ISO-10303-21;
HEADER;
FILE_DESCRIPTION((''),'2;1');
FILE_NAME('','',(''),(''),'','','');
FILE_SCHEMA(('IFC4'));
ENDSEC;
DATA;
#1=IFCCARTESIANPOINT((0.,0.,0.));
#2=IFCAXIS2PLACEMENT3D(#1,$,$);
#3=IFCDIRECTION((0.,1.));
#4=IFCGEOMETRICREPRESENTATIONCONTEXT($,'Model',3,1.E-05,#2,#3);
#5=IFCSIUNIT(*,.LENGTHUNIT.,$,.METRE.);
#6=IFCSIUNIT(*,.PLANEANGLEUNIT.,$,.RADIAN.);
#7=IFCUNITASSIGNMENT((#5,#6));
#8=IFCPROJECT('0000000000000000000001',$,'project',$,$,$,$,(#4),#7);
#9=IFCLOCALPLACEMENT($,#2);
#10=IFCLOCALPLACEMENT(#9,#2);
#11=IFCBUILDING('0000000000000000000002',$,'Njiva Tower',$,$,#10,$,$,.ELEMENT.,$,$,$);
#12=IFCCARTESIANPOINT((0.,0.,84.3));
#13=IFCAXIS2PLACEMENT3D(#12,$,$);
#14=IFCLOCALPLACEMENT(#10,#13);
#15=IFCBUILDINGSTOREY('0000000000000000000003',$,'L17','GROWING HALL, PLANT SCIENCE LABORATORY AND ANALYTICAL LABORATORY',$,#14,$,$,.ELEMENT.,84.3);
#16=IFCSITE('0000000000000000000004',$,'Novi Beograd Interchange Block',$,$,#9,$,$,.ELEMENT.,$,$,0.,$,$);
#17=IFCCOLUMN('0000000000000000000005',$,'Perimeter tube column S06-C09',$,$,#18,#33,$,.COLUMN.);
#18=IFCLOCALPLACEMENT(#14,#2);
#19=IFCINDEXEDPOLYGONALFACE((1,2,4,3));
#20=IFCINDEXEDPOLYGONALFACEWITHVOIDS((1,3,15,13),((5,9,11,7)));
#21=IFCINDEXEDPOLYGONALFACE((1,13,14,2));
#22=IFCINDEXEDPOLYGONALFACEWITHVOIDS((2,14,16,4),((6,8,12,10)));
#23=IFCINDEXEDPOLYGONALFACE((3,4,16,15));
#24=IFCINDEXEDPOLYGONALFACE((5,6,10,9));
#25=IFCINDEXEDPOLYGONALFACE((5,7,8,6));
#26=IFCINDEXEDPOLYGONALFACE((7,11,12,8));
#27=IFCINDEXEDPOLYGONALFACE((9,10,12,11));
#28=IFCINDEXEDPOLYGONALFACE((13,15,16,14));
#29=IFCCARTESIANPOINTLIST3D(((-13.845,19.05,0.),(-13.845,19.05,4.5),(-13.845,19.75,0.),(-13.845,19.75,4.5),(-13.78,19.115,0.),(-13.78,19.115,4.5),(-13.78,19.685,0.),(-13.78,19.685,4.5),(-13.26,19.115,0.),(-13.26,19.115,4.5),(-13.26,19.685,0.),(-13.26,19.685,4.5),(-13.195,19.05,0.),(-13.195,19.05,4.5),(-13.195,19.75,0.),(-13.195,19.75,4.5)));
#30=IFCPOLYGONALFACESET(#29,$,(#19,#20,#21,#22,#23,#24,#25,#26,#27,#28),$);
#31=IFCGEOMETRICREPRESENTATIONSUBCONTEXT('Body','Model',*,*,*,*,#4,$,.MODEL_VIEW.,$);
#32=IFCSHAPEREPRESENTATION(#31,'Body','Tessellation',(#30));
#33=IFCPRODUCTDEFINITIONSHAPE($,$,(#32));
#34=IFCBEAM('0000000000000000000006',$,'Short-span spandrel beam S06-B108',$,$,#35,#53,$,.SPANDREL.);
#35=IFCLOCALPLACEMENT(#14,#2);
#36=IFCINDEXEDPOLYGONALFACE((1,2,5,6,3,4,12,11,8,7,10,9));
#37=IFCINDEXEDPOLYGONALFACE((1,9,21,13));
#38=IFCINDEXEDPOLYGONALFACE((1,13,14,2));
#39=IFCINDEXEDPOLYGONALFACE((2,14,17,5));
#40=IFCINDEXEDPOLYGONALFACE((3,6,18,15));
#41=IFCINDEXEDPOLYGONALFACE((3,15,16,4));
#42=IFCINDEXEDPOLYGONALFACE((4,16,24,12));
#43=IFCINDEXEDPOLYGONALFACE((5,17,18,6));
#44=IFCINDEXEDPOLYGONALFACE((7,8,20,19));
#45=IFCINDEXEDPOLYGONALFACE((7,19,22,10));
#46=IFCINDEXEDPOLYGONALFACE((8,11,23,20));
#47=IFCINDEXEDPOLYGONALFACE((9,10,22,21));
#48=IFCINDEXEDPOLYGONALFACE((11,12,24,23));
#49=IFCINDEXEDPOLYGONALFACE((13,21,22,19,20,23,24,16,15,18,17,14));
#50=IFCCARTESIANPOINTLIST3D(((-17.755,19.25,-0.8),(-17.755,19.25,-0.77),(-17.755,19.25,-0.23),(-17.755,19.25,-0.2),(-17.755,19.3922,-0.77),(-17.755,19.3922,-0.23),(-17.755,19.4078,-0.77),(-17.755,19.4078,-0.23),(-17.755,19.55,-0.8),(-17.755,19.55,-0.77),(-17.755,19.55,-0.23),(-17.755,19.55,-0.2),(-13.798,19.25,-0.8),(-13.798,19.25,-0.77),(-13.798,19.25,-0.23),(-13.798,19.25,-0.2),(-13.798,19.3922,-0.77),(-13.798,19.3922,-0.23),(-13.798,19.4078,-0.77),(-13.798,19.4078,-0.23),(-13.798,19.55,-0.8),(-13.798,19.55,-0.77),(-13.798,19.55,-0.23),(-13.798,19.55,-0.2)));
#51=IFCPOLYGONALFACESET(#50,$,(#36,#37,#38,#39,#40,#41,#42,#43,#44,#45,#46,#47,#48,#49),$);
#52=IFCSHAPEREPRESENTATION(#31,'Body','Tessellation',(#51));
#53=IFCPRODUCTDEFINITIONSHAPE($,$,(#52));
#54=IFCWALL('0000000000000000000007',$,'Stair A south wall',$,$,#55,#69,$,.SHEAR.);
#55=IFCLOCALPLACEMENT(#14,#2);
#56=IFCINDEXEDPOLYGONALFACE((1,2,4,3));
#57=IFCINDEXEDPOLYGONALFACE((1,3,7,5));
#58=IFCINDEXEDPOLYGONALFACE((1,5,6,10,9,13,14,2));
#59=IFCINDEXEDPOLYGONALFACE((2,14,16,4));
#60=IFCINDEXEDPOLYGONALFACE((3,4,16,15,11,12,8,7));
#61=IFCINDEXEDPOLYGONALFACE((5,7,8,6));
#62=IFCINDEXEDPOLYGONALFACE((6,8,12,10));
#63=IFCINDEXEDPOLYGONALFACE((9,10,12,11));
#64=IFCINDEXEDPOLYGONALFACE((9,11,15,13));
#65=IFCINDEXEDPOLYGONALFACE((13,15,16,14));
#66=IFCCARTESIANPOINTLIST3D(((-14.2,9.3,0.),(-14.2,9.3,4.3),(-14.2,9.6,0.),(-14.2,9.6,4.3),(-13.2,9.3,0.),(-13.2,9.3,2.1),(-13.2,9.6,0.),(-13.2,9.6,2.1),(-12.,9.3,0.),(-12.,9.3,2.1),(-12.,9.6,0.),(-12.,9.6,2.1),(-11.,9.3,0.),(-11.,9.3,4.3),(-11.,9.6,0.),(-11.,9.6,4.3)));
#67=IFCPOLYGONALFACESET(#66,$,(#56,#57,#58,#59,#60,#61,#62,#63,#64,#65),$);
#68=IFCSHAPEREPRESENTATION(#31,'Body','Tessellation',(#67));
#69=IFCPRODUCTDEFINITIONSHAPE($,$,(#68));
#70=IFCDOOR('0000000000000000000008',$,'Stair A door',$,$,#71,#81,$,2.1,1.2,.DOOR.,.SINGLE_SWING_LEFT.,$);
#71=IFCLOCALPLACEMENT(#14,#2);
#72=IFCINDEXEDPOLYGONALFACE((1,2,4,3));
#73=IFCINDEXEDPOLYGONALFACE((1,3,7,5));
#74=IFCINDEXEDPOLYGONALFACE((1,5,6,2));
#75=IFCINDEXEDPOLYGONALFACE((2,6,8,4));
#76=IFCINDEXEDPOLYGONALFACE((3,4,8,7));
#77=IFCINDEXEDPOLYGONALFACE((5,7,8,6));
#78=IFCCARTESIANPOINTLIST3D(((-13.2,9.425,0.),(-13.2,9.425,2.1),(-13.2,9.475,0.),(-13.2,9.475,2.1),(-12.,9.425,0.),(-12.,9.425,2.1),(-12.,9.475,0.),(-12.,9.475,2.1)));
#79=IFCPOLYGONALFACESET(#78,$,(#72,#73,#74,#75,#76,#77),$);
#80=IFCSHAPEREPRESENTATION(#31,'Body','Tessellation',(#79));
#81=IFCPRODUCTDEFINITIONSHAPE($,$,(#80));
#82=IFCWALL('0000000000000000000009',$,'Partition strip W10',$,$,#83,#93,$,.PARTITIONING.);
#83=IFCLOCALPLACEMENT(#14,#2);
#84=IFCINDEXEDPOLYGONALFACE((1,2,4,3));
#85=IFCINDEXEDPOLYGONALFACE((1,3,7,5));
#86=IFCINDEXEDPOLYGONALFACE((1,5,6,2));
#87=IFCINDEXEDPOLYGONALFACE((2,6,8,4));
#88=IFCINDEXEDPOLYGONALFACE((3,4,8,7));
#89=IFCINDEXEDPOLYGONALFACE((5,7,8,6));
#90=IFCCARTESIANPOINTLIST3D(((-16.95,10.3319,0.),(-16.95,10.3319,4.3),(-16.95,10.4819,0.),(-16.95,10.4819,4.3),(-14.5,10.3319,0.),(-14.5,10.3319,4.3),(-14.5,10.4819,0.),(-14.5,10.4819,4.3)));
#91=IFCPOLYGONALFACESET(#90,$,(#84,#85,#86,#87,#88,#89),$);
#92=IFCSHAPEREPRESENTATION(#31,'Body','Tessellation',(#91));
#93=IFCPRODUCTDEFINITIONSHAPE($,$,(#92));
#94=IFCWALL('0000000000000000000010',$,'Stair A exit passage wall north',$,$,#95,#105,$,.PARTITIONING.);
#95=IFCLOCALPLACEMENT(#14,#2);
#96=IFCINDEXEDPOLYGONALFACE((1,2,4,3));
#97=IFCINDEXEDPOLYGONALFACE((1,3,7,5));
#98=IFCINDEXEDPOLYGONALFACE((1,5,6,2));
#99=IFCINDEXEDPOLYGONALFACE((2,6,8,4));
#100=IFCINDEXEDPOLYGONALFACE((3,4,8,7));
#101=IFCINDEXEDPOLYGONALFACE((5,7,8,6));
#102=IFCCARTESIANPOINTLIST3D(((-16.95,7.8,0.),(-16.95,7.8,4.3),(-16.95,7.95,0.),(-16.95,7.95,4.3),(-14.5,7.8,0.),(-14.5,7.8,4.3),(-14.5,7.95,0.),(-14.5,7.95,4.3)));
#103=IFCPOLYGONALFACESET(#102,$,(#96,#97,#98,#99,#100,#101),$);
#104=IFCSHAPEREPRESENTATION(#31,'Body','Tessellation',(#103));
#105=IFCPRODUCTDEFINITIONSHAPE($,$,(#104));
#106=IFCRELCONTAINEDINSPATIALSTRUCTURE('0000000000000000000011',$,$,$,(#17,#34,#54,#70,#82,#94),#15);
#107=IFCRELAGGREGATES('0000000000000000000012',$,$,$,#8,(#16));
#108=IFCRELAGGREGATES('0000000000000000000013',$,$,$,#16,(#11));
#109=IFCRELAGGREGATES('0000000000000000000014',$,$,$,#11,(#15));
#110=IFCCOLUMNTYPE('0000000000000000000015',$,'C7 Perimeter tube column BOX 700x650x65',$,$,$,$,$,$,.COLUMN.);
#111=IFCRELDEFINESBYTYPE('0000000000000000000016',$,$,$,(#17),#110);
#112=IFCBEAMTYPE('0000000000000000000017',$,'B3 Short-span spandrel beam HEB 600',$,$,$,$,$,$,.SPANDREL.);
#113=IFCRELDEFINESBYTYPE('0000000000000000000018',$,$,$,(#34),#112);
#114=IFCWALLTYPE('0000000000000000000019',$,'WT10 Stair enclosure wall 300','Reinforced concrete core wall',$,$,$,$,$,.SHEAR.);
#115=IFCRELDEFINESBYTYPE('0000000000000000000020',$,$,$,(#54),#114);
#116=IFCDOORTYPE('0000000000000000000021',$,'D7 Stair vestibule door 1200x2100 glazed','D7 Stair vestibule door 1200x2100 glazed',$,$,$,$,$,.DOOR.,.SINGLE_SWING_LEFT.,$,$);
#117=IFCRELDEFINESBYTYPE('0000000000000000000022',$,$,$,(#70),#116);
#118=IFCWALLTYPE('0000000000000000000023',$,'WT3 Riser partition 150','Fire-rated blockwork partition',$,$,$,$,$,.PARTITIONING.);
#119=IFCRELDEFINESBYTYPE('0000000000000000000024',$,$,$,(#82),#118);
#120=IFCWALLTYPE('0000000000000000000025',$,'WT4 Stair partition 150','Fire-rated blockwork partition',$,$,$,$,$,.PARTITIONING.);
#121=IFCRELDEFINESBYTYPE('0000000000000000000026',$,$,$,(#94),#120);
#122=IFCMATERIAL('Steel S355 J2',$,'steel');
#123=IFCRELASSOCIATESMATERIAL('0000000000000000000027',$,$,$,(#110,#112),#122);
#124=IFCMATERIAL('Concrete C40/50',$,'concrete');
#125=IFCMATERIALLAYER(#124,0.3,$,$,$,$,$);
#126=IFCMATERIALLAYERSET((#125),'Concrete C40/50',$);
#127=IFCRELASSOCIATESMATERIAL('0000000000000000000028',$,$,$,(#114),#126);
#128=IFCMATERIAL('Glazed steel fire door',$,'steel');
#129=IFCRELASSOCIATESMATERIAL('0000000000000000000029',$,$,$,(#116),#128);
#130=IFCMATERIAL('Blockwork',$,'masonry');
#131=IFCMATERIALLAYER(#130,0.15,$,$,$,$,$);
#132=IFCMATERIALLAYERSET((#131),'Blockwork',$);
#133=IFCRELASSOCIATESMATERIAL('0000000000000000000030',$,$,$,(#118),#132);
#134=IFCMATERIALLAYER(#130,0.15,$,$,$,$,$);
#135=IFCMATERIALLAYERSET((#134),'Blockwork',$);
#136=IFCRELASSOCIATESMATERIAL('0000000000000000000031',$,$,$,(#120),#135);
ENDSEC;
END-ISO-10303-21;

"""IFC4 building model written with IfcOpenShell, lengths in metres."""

from ifc_helpers import new_model, si_unit, direction, frame, frame_2d, origin, origin_2d, place, context, subcontext, project, spatial, rectangle, hollow_rectangle, i_section, extrude, material, layer, layer_set, material_profile, profile_set, type_object, element, fill, save


model = new_model("IFC4")

# Units and contexts
model_context = context("Model", 3, precision=1e-05, world=origin(), true_north=direction((0.0, 1.0)))
body_context = subcontext(model_context, "Body", "Model", "MODEL_VIEW")
ifc_project = project(units=[si_unit("LENGTHUNIT", "METRE"), si_unit("PLANEANGLEUNIT", "RADIAN")], contexts=[model_context])

# Site, building, storey
site_placement = place(None, origin())
site = spatial("IfcSite", under=ifc_project, at=site_placement, Name="Novi Beograd Interchange Block", CompositionType="ELEMENT", RefElevation=0.0)
building_placement = place(site_placement, origin())
building = spatial("IfcBuilding", under=site, at=building_placement, Name="Njiva Tower", CompositionType="ELEMENT")
storey_placement = place(building_placement, frame((0.0, 0.0, 84.3)))
storey = spatial("IfcBuildingStorey", under=building, at=storey_placement, Name="L17", Description="GROWING HALL, PLANT SCIENCE LABORATORY AND ANALYTICAL LABORATORY", CompositionType="ELEMENT", Elevation=84.3)

# Column
ifc_material_1 = material(Name="Steel S355 J2", Category="steel")
ifc_material_profile_1 = material_profile(ifc_material_1, hollow_rectangle(XDim=0.65, YDim=0.7, WallThickness=0.065, at=origin_2d()), Name="BOX 700x650x65")
ifc_profile_set_1 = profile_set([ifc_material_profile_1], Name="Steel S355 J2")
column_type = type_object("IfcColumnType", Name="C7 Perimeter tube column BOX 700x650x65", PredefinedType="COLUMN", material=ifc_profile_set_1)
column_placement = place(storey_placement, frame((-13.52, 19.4, 0.0), z_axis=(0.0, 0.0, 1.0), x_axis=(-1.0, 0.0, 0.0)))
element("IfcColumn", 1, at=column_placement, inside=storey, type_object=column_type, Name="Perimeter tube column S06-C09", PredefinedType="COLUMN", context=body_context, shape_type="SweptSolid", body=[
    extrude(hollow_rectangle(XDim=0.65, YDim=0.7, WallThickness=0.065, at=origin_2d()), origin(), (0.0, 0.0, 1.0), 4.5),
])

# Beam
ifc_material_profile_2 = material_profile(ifc_material_1, i_section(OverallWidth=0.3, OverallDepth=0.6, WebThickness=0.0155, FlangeThickness=0.03, at=origin_2d()), Name="HEB 600")
ifc_profile_set_2 = profile_set([ifc_material_profile_2], Name="Steel S355 J2")
beam_type = type_object("IfcBeamType", Name="B3 Short-span spandrel beam HEB 600", PredefinedType="SPANDREL", material=ifc_profile_set_2)
beam_placement = place(storey_placement, frame((-13.798, 19.4, -0.5), z_axis=(-1.0, 0.0, 0.0), x_axis=(0.0, -1.0, 0.0)))
element("IfcBeam", 2, at=beam_placement, inside=storey, type_object=beam_type, Name="Short-span spandrel beam S06-B108", PredefinedType="SPANDREL", context=body_context, shape_type="SweptSolid", body=[
    extrude(i_section(OverallWidth=0.3, OverallDepth=0.6, WebThickness=0.0155, FlangeThickness=0.03, at=origin_2d()), origin(), (0.0, 0.0, 1.0), 3.957),
])

# Wall, opening, door
ifc_material_2 = material(Name="Concrete C40/50", Category="concrete")
ifc_layer_1 = layer(ifc_material_2, 0.3)
ifc_layer_set_1 = layer_set([ifc_layer_1], Name="Concrete C40/50")
wall_type_1 = type_object("IfcWallType", Name="WT10 Stair enclosure wall 300", Description="Reinforced concrete core wall", PredefinedType="SHEAR", material=ifc_layer_set_1)
wall_1_placement = place(storey_placement, frame((-14.2, 9.45, 0.0), z_axis=(0.0, 0.0, 1.0), x_axis=(1.0, 0.0, 0.0)))
wall_1 = element("IfcWall", 3, at=wall_1_placement, inside=storey, type_object=wall_type_1, Name="Stair A south wall", PredefinedType="SHEAR", context=body_context, shape_type="SweptSolid", body=[
    extrude(rectangle(XDim=3.2, YDim=0.3, at=frame_2d((1.6, 0.0))), origin(), (0.0, 0.0, 1.0), 4.3),
])
opening_1_placement = place(wall_1_placement, frame((1.0, 0.0, 0.0)))
opening_1 = element("IfcOpeningElement", 4, at=opening_1_placement, cuts=wall_1, PredefinedType="OPENING", context=body_context, shape_type="SweptSolid", body=[
    extrude(rectangle(XDim=1.2, YDim=2.1, at=frame_2d((0.6, 1.05))), frame((0.0, 0.16, 0.0), z_axis=(0.0, -1.0, 0.0), x_axis=(1.0, 0.0, 0.0)), (0.0, 0.0, 1.0), 0.32),
])
ifc_material_3 = material(Name="Glazed steel fire door", Category="steel")
door_type_1 = type_object("IfcDoorType", Name="D7 Stair vestibule door 1200x2100 glazed", Description="D7 Stair vestibule door 1200x2100 glazed", OperationType="SINGLE_SWING_LEFT", PredefinedType="DOOR", material=ifc_material_3)
door_1_placement = place(opening_1_placement, origin())
door_1 = element("IfcDoor", 5, at=door_1_placement, inside=storey, type_object=door_type_1, Name="Stair A door", OperationType="SINGLE_SWING_LEFT", OverallHeight=2.1, OverallWidth=1.2, PredefinedType="DOOR", context=body_context, shape_type="SweptSolid", body=[
    extrude(rectangle(XDim=1.2, YDim=2.1, at=frame_2d((0.6, 1.05))), frame((0.0, 0.025, 0.0), z_axis=(0.0, -1.0, 0.0), x_axis=(1.0, 0.0, 0.0)), (0.0, 0.0, 1.0), 0.05),
])
fill(opening_1, door_1)

# Walls
ifc_material_4 = material(Name="Blockwork", Category="masonry")
ifc_layer_2 = layer(ifc_material_4, 0.15)
ifc_layer_set_2 = layer_set([ifc_layer_2], Name="Blockwork")
wall_type_2 = type_object("IfcWallType", Name="WT3 Riser partition 150", Description="Fire-rated blockwork partition", PredefinedType="PARTITIONING", material=ifc_layer_set_2)
wall_2_placement = place(storey_placement, frame((-16.95, 10.4069, 0.0), z_axis=(0.0, 0.0, 1.0), x_axis=(1.0, 0.0, 0.0)))
element("IfcWall", 6, at=wall_2_placement, inside=storey, type_object=wall_type_2, Name="Partition strip W10", PredefinedType="PARTITIONING", context=body_context, shape_type="SweptSolid", body=[
    extrude(rectangle(XDim=2.45, YDim=0.15, at=frame_2d((1.225, 0.0))), origin(), (0.0, 0.0, 1.0), 4.3),
])
ifc_layer_3 = layer(ifc_material_4, 0.15)
ifc_layer_set_3 = layer_set([ifc_layer_3], Name="Blockwork")
wall_type_3 = type_object("IfcWallType", Name="WT4 Stair partition 150", Description="Fire-rated blockwork partition", PredefinedType="PARTITIONING", material=ifc_layer_set_3)
wall_3_placement = place(storey_placement, frame((-16.95, 7.875, 0.0), z_axis=(0.0, 0.0, 1.0), x_axis=(1.0, 0.0, 0.0)))
element("IfcWall", 7, at=wall_3_placement, inside=storey, type_object=wall_type_3, Name="Stair A exit passage wall north", PredefinedType="PARTITIONING", context=body_context, shape_type="SweptSolid", body=[
    extrude(rectangle(XDim=2.45, YDim=0.15, at=frame_2d((1.225, 0.0))), origin(), (0.0, 0.0, 1.0), 4.3),
])

save(model, "model.ifc")
